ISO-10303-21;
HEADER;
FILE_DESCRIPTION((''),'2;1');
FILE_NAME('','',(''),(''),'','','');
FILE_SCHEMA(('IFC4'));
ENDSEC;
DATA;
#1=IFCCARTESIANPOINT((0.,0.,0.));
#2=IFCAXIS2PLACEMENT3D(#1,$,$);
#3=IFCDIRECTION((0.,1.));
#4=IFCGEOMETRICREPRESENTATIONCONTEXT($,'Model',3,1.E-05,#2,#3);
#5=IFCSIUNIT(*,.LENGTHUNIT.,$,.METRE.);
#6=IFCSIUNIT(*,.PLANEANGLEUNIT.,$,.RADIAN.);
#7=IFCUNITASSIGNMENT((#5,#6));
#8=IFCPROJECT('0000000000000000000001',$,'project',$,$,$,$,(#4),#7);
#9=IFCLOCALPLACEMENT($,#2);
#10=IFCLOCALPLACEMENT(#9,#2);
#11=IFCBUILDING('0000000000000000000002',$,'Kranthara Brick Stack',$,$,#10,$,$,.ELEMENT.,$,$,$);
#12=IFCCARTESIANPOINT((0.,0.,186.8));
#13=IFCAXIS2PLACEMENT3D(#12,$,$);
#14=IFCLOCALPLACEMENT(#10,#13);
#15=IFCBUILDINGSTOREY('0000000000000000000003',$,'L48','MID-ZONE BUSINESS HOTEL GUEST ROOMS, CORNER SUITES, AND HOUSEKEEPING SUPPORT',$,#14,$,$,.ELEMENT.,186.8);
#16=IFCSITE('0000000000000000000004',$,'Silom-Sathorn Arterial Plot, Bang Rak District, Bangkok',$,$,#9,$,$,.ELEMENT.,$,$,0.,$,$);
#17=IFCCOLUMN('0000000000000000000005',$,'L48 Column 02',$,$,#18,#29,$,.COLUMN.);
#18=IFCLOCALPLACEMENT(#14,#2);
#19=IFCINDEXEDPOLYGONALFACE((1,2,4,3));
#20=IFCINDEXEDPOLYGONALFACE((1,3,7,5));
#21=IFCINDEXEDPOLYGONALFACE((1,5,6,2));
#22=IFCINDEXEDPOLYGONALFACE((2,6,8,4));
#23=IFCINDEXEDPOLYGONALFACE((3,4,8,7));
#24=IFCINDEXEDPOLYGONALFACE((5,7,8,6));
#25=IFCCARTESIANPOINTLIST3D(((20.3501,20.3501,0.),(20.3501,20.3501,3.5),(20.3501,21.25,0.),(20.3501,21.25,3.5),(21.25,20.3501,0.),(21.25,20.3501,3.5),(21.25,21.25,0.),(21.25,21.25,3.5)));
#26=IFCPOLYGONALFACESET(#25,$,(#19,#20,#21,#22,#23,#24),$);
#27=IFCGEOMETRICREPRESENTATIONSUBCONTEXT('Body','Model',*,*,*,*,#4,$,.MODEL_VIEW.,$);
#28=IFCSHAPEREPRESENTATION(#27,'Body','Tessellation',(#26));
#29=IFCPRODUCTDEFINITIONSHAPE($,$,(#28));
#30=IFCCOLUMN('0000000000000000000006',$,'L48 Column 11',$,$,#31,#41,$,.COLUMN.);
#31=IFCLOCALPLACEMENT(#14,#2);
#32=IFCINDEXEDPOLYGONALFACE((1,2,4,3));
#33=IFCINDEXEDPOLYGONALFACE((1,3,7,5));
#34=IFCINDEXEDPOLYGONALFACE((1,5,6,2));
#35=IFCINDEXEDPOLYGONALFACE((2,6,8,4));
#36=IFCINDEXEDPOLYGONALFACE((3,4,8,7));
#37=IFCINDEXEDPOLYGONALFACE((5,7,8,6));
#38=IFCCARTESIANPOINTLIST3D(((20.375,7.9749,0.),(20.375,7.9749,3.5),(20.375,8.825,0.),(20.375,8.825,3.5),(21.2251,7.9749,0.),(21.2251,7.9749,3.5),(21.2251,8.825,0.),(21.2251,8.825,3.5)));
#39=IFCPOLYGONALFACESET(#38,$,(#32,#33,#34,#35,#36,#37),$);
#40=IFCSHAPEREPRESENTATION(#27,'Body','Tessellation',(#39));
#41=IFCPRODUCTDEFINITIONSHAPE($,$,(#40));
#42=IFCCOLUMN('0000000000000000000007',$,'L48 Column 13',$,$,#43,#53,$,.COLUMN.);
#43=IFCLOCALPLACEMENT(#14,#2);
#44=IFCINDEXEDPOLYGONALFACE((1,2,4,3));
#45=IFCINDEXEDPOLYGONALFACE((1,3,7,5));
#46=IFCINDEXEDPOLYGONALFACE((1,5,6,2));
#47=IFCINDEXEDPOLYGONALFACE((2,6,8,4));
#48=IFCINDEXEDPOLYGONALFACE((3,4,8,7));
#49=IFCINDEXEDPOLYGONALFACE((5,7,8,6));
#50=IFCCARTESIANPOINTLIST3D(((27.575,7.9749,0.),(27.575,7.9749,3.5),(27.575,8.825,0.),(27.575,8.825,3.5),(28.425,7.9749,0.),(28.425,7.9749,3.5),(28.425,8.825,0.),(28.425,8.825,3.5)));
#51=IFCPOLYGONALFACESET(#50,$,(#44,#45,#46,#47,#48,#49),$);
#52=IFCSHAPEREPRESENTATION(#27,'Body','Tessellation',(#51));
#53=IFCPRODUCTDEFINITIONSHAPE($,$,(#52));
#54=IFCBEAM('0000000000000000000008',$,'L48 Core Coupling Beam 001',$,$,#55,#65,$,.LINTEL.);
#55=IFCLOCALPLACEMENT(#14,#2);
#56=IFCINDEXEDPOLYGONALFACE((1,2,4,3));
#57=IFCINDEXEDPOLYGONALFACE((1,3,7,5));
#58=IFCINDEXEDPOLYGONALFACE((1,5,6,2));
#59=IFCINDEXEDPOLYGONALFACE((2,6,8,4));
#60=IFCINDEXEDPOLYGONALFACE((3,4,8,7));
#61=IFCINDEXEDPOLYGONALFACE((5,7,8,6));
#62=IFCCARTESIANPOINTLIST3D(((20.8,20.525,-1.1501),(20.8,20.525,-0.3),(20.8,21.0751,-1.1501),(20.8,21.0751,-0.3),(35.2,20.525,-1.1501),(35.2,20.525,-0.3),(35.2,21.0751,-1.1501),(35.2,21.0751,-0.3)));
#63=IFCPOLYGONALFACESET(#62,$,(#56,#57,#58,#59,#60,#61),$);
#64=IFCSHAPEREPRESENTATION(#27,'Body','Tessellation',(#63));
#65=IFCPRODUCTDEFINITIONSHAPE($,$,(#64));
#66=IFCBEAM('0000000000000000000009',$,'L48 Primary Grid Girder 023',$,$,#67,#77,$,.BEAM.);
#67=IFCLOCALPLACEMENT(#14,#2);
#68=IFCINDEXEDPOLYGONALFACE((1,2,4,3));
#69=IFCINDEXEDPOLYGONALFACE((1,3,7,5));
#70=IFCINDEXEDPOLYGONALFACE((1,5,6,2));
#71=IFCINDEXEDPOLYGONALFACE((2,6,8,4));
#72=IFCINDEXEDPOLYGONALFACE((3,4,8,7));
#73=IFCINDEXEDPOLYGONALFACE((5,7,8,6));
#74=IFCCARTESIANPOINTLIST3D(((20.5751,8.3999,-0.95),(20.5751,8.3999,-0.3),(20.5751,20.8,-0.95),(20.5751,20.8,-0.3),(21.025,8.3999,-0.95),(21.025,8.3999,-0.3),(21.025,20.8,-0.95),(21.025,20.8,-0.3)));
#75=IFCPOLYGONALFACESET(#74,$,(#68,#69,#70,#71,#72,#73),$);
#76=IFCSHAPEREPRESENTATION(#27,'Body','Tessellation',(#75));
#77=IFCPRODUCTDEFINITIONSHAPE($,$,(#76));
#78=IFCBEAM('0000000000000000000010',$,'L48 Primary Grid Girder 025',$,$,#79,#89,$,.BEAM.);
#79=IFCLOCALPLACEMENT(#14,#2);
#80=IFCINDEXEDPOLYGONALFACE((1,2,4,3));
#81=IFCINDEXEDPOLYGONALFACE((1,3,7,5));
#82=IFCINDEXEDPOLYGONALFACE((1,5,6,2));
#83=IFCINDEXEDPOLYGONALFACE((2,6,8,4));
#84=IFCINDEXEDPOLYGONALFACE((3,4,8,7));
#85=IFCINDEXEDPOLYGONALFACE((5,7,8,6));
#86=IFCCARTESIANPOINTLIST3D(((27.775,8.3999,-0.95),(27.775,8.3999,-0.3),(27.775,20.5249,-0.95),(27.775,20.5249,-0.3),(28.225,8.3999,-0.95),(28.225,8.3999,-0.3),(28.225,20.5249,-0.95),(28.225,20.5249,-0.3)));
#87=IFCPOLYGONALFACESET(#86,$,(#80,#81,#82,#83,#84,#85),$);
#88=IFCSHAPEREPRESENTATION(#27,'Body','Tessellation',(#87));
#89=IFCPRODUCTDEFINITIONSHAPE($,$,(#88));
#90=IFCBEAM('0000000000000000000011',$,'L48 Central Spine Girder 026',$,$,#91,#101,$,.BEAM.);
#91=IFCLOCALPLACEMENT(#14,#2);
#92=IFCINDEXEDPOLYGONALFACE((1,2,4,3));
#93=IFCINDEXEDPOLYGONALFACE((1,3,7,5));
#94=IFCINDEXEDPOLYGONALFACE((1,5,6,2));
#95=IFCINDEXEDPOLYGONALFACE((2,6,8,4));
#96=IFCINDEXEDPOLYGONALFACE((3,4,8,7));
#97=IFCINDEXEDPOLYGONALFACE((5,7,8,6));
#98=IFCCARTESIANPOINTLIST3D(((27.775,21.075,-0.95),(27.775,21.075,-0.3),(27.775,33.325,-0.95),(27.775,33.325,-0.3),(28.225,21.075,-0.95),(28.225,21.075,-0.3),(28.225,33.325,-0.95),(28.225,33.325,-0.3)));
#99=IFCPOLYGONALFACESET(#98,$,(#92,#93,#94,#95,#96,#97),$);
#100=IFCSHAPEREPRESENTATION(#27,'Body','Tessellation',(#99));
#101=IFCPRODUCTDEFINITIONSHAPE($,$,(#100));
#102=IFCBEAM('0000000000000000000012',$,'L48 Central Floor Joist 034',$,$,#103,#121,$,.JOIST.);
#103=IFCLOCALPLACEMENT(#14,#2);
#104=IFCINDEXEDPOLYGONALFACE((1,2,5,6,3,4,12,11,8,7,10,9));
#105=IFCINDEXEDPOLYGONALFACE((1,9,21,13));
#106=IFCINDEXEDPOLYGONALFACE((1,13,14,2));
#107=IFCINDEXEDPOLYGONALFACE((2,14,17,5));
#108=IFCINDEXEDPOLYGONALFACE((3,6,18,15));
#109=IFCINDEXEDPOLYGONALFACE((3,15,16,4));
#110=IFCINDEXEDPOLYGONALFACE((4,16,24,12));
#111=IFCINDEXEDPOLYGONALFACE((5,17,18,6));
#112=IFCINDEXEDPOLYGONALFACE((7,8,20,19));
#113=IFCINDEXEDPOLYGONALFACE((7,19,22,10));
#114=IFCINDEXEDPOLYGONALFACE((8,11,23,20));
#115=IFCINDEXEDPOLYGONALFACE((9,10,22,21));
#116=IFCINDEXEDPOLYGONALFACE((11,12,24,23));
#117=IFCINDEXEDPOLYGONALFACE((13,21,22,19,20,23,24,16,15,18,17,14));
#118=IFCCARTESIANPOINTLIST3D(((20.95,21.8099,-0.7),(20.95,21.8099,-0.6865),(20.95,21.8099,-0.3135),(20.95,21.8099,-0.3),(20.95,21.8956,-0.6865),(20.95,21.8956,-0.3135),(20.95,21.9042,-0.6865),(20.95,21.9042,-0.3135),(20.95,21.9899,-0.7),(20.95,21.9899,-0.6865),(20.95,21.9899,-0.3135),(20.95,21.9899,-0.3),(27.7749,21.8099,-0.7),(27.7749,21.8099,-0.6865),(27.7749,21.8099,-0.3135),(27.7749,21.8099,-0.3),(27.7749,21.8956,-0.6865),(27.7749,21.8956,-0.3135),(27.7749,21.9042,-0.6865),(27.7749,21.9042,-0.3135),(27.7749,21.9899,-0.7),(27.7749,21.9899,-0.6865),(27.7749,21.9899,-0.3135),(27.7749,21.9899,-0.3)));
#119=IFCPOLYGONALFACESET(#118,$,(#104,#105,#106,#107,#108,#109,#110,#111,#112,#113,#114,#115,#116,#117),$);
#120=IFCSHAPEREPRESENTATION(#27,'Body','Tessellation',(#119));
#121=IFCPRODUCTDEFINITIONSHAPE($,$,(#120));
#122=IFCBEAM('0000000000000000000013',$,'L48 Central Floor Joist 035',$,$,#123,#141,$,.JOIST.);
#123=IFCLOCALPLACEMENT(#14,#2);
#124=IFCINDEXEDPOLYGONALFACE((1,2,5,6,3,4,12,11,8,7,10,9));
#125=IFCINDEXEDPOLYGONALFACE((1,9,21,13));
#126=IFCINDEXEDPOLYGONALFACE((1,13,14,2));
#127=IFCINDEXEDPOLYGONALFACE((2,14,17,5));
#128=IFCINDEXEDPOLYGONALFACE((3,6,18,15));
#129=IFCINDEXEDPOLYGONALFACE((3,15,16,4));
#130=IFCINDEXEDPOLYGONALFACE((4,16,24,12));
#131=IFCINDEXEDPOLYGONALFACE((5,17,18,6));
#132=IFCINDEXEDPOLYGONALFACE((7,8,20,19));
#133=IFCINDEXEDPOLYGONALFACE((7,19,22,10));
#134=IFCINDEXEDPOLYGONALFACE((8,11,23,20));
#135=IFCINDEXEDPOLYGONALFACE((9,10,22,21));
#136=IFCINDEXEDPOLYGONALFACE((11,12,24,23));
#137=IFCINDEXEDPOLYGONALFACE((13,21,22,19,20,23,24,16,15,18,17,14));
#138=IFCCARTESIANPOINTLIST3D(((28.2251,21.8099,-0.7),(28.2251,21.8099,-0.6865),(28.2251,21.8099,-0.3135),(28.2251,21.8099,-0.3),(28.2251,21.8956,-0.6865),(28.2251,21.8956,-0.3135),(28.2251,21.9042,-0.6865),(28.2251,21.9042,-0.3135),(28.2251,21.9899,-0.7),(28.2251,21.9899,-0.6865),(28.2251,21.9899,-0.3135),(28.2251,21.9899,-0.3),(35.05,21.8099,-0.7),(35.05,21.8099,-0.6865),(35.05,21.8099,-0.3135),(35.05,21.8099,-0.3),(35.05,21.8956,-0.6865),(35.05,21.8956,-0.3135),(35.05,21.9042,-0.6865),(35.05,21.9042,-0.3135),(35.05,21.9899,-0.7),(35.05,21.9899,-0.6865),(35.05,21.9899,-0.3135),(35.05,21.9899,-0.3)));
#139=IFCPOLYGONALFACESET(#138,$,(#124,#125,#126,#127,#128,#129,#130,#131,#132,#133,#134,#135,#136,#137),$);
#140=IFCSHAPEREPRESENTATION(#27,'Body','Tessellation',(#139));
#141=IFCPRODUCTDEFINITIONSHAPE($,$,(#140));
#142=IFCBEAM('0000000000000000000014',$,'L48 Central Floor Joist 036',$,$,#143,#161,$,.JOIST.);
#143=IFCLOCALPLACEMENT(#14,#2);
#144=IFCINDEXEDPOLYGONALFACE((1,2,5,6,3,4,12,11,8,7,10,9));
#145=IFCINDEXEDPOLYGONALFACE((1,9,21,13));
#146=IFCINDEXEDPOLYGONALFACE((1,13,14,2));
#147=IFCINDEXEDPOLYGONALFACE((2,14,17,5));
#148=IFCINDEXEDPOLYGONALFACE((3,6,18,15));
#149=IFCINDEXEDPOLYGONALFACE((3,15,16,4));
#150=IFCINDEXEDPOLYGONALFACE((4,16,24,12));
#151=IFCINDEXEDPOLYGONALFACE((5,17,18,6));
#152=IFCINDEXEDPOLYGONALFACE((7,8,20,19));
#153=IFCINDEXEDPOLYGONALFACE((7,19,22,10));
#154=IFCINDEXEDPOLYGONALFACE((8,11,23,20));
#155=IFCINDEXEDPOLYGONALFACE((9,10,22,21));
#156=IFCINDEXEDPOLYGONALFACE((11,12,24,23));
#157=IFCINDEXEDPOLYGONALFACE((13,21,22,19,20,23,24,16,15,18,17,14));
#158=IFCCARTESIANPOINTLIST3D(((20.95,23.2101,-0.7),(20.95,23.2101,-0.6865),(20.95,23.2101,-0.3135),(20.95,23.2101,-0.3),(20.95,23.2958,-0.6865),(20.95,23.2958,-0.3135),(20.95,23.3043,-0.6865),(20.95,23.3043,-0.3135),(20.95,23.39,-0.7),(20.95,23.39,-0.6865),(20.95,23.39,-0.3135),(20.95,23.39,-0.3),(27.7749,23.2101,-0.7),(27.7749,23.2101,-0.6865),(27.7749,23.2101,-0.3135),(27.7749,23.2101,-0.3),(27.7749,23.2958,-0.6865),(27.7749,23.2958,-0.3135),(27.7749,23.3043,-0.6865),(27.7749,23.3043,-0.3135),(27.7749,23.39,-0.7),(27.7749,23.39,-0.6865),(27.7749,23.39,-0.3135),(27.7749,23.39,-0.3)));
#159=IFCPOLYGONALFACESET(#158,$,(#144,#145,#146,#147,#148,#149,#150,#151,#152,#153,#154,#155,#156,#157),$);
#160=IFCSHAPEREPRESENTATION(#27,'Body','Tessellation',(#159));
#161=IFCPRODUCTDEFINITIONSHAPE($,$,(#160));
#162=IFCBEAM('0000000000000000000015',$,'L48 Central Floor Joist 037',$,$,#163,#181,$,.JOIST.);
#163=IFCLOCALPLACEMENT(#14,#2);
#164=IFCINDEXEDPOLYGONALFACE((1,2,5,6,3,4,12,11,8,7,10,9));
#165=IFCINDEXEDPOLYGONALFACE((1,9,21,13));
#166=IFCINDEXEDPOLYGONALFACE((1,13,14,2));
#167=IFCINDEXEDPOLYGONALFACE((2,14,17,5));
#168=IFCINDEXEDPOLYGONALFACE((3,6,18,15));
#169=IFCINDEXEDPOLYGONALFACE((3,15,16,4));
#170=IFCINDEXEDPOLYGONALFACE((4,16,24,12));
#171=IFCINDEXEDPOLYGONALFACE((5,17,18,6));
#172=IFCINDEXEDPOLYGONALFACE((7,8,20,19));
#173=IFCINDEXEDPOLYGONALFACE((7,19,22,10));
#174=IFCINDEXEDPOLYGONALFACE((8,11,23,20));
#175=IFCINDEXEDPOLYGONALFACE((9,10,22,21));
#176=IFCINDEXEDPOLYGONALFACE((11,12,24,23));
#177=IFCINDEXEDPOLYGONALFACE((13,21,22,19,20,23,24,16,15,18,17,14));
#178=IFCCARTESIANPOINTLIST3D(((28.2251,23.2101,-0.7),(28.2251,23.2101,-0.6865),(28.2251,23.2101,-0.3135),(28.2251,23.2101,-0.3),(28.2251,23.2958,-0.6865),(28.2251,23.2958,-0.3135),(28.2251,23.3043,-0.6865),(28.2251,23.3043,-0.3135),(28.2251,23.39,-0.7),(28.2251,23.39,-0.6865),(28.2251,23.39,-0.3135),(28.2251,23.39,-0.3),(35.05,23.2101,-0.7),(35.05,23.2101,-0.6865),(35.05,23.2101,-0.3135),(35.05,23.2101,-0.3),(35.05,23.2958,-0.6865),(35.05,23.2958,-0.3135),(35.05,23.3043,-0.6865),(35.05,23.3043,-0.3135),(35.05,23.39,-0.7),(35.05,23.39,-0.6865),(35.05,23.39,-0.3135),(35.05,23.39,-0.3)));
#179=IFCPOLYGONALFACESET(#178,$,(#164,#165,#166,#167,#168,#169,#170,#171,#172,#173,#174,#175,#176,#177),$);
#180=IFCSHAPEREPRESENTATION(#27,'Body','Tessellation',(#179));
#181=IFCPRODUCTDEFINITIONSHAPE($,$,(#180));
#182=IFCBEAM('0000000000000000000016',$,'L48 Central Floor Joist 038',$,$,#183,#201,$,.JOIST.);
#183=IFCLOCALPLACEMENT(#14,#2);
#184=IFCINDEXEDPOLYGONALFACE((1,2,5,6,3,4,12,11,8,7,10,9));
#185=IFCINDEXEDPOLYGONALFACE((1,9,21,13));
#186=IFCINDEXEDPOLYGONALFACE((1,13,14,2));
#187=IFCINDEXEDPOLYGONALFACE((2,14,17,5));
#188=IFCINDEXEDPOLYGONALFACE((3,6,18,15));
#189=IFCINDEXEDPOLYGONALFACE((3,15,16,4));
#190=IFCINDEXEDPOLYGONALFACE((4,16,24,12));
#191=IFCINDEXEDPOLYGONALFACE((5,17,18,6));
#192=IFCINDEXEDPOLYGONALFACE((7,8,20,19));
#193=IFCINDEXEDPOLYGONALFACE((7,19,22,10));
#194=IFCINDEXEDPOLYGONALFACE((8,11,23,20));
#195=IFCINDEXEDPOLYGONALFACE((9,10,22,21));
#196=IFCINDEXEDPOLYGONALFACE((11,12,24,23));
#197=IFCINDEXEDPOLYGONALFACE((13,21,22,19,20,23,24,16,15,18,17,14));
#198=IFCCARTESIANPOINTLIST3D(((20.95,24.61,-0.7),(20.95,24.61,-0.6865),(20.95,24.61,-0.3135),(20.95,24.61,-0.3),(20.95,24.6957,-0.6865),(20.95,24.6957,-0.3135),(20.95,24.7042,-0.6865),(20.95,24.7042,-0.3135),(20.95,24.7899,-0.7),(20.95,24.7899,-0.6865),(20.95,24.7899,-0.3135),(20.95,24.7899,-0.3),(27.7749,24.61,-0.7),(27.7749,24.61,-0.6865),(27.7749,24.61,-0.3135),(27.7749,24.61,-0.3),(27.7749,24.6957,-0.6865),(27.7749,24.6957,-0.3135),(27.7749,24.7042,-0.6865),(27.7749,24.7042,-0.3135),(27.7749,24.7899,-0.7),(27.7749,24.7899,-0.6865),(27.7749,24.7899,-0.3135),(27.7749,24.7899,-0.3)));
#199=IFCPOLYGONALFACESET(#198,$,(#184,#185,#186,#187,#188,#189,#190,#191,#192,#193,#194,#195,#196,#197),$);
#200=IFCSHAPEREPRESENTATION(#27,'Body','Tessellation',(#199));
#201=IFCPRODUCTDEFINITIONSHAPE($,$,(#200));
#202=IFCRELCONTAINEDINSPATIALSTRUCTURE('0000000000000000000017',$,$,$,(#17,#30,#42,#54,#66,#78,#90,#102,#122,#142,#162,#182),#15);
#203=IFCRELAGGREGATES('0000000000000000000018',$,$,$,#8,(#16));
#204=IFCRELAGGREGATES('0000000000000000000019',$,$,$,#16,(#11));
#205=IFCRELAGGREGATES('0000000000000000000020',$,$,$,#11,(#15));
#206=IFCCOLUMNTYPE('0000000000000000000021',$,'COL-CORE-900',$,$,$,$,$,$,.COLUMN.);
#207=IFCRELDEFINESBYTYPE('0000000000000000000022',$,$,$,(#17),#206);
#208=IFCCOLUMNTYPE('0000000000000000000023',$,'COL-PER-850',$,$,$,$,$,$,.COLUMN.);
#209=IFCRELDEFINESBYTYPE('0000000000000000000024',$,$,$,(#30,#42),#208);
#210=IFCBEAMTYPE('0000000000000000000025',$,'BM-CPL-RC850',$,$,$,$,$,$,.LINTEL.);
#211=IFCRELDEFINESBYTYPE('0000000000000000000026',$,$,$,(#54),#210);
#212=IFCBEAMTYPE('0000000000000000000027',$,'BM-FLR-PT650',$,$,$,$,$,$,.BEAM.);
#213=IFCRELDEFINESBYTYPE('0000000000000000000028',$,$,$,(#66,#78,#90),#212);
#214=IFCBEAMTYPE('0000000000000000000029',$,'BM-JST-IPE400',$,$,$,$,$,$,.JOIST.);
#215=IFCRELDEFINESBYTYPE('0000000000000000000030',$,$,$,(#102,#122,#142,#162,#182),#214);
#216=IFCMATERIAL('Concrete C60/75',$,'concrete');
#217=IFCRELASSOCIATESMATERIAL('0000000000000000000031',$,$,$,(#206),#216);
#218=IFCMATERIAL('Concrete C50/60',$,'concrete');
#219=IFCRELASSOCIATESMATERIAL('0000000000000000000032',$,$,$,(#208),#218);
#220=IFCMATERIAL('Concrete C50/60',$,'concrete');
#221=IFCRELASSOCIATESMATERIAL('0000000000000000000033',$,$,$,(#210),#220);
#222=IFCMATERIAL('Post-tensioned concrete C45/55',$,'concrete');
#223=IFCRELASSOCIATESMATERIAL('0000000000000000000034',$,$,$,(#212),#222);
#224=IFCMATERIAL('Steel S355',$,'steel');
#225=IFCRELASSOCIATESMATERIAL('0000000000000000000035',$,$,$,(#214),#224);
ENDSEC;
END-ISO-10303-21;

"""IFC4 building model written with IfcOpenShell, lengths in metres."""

from ifc_helpers import new_model, si_unit, direction, frame, origin, origin_2d, place, context, subcontext, project, spatial, rectangle, i_section, extrude, material, material_profile, profile_set, type_object, element, save


model = new_model("IFC4")

# Units and contexts
model_context = context("Model", 3, precision=1e-05, world=origin(), true_north=direction((0.0, 1.0)))
body_context = subcontext(model_context, "Body", "Model", "MODEL_VIEW")
ifc_project = project(units=[si_unit("LENGTHUNIT", "METRE"), si_unit("PLANEANGLEUNIT", "RADIAN")], contexts=[model_context])

# Site, building, storey
site_placement = place(None, origin())
site = spatial("IfcSite", under=ifc_project, at=site_placement, Name="Silom-Sathorn Arterial Plot, Bang Rak District, Bangkok", CompositionType="ELEMENT", RefElevation=0.0)
building_placement = place(site_placement, origin())
building = spatial("IfcBuilding", under=site, at=building_placement, Name="Kranthara Brick Stack", CompositionType="ELEMENT")
storey_placement = place(building_placement, frame((0.0, 0.0, 186.8)))
storey = spatial("IfcBuildingStorey", under=building, at=storey_placement, Name="L48", Description="MID-ZONE BUSINESS HOTEL GUEST ROOMS, CORNER SUITES, AND HOUSEKEEPING SUPPORT", CompositionType="ELEMENT", Elevation=186.8)

# Columns
ifc_material_1 = material(Name="Concrete C60/75", Category="concrete")
ifc_material_profile_1 = material_profile(ifc_material_1, rectangle(XDim=0.8999, YDim=0.8999, at=origin_2d()), Name="RC 900x900")
ifc_profile_set_1 = profile_set([ifc_material_profile_1], Name="Concrete C60/75")
column_type_1 = type_object("IfcColumnType", Name="COL-CORE-900", PredefinedType="COLUMN", material=ifc_profile_set_1)
column_placement = place(storey_placement, frame((20.8, 20.8, 0.0), z_axis=(0.0, 0.0, 1.0), x_axis=(1.0, 0.0, 0.0)))
element("IfcColumn", 1, at=column_placement, inside=storey, type_object=column_type_1, Name="L48 Column 02", PredefinedType="COLUMN", context=body_context, shape_type="SweptSolid", body=[
    extrude(rectangle(XDim=0.8999, YDim=0.8999, at=origin_2d()), origin(), (0.0, 0.0, 1.0), 3.5),
])
ifc_material_2 = material(Name="Concrete C50/60", Category="concrete")
ifc_material_profile_2 = material_profile(ifc_material_2, rectangle(XDim=0.8501, YDim=0.8501, at=origin_2d()), Name="RC 850x850")
ifc_profile_set_2 = profile_set([ifc_material_profile_2], Name="Concrete C50/60")
column_type_2 = type_object("IfcColumnType", Name="COL-PER-850", PredefinedType="COLUMN", material=ifc_profile_set_2)
for number, where, z_axis, x_axis, name in (
    (2, (20.8, 8.3999, 0.0), (0.0, 0.0, 1.0), (1.0, 0.0, 0.0), "L48 Column 11"),
    (3, (28.0, 8.3999, 0.0), (0.0, 0.0, 1.0), (1.0, 0.0, 0.0), "L48 Column 13"),
):
    element("IfcColumn", number, at=place(storey_placement, frame(where, z_axis=z_axis, x_axis=x_axis)), inside=storey, type_object=column_type_2, Name=name, PredefinedType="COLUMN", context=body_context, shape_type="SweptSolid", body=[
        extrude(rectangle(XDim=0.8501, YDim=0.8501, at=origin_2d()), origin(), (0.0, 0.0, 1.0), 3.5),
    ])

# Beams
ifc_material_3 = material(Name="Concrete C50/60", Category="concrete")
ifc_material_profile_3 = material_profile(ifc_material_3, rectangle(XDim=0.55, YDim=0.8501, at=origin_2d()), Name="RC 550x850")
ifc_profile_set_3 = profile_set([ifc_material_profile_3], Name="Concrete C50/60")
beam_type_1 = type_object("IfcBeamType", Name="BM-CPL-RC850", PredefinedType="LINTEL", material=ifc_profile_set_3)
beam_1_placement = place(storey_placement, frame((20.8, 20.8, -0.7251), z_axis=(1.0, 0.0, 0.0), x_axis=(0.0, 1.0, 0.0)))
element("IfcBeam", 4, at=beam_1_placement, inside=storey, type_object=beam_type_1, Name="L48 Core Coupling Beam 001", PredefinedType="LINTEL", context=body_context, shape_type="SweptSolid", body=[
    extrude(rectangle(XDim=0.55, YDim=0.8501, at=origin_2d()), origin(), (0.0, 0.0, 1.0), 14.3999),
])
ifc_material_4 = material(Name="Post-tensioned concrete C45/55", Category="concrete")
ifc_material_profile_4 = material_profile(ifc_material_4, rectangle(XDim=0.45, YDim=0.6499, at=origin_2d()), Name="PT 450x650")
ifc_profile_set_4 = profile_set([ifc_material_profile_4], Name="Post-tensioned concrete C45/55")
beam_type_2 = type_object("IfcBeamType", Name="BM-FLR-PT650", PredefinedType="BEAM", material=ifc_profile_set_4)
beam_2_placement = place(storey_placement, frame((20.8, 8.3999, -0.625), z_axis=(0.0, 1.0, 0.0), x_axis=(-1.0, 0.0, 0.0)))
element("IfcBeam", 5, at=beam_2_placement, inside=storey, type_object=beam_type_2, Name="L48 Primary Grid Girder 023", PredefinedType="BEAM", context=body_context, shape_type="SweptSolid", body=[
    extrude(rectangle(XDim=0.45, YDim=0.6499, at=origin_2d()), origin(), (0.0, 0.0, 1.0), 12.4001),
])
beam_3_placement = place(storey_placement, frame((28.0, 8.3999, -0.625), z_axis=(0.0, 1.0, 0.0), x_axis=(-1.0, 0.0, 0.0)))
element("IfcBeam", 6, at=beam_3_placement, inside=storey, type_object=beam_type_2, Name="L48 Primary Grid Girder 025", PredefinedType="BEAM", context=body_context, shape_type="SweptSolid", body=[
    extrude(rectangle(XDim=0.45, YDim=0.6499, at=origin_2d()), origin(), (0.0, 0.0, 1.0), 12.125),
])
beam_4_placement = place(storey_placement, frame((28.0, 21.075, -0.625), z_axis=(0.0, 1.0, 0.0), x_axis=(-1.0, 0.0, 0.0)))
element("IfcBeam", 7, at=beam_4_placement, inside=storey, type_object=beam_type_2, Name="L48 Central Spine Girder 026", PredefinedType="BEAM", context=body_context, shape_type="SweptSolid", body=[
    extrude(rectangle(XDim=0.45, YDim=0.6499, at=origin_2d()), origin(), (0.0, 0.0, 1.0), 12.25),
])
ifc_material_5 = material(Name="Steel S355", Category="steel")
ifc_material_profile_5 = material_profile(ifc_material_5, i_section(OverallWidth=0.1799, OverallDepth=0.3999, WebThickness=0.0085, FlangeThickness=0.0134, at=origin_2d()), Name="IPE 400")
ifc_profile_set_5 = profile_set([ifc_material_profile_5], Name="Steel S355")
beam_type_3 = type_object("IfcBeamType", Name="BM-JST-IPE400", PredefinedType="JOIST", material=ifc_profile_set_5)
for number, where, z_axis, x_axis, name in (
    (8, (20.95, 21.8999, -0.5), (1.0, 0.0, 0.0), (0.0, 1.0, 0.0), "L48 Central Floor Joist 034"),
    (9, (28.2251, 21.8999, -0.5), (1.0, 0.0, 0.0), (0.0, 1.0, 0.0), "L48 Central Floor Joist 035"),
    (10, (20.95, 23.3, -0.5), (1.0, 0.0, 0.0), (0.0, 1.0, 0.0), "L48 Central Floor Joist 036"),
    (11, (28.2251, 23.3, -0.5), (1.0, 0.0, 0.0), (0.0, 1.0, 0.0), "L48 Central Floor Joist 037"),
    (12, (20.95, 24.7, -0.5), (1.0, 0.0, 0.0), (0.0, 1.0, 0.0), "L48 Central Floor Joist 038"),
):
    element("IfcBeam", number, at=place(storey_placement, frame(where, z_axis=z_axis, x_axis=x_axis)), inside=storey, type_object=beam_type_3, Name=name, PredefinedType="JOIST", context=body_context, shape_type="SweptSolid", body=[
        extrude(i_section(OverallWidth=0.1799, OverallDepth=0.3999, WebThickness=0.0085, FlangeThickness=0.0134, at=origin_2d()), origin(), (0.0, 0.0, 1.0), 6.825),
    ])

save(model, "model.ifc")
